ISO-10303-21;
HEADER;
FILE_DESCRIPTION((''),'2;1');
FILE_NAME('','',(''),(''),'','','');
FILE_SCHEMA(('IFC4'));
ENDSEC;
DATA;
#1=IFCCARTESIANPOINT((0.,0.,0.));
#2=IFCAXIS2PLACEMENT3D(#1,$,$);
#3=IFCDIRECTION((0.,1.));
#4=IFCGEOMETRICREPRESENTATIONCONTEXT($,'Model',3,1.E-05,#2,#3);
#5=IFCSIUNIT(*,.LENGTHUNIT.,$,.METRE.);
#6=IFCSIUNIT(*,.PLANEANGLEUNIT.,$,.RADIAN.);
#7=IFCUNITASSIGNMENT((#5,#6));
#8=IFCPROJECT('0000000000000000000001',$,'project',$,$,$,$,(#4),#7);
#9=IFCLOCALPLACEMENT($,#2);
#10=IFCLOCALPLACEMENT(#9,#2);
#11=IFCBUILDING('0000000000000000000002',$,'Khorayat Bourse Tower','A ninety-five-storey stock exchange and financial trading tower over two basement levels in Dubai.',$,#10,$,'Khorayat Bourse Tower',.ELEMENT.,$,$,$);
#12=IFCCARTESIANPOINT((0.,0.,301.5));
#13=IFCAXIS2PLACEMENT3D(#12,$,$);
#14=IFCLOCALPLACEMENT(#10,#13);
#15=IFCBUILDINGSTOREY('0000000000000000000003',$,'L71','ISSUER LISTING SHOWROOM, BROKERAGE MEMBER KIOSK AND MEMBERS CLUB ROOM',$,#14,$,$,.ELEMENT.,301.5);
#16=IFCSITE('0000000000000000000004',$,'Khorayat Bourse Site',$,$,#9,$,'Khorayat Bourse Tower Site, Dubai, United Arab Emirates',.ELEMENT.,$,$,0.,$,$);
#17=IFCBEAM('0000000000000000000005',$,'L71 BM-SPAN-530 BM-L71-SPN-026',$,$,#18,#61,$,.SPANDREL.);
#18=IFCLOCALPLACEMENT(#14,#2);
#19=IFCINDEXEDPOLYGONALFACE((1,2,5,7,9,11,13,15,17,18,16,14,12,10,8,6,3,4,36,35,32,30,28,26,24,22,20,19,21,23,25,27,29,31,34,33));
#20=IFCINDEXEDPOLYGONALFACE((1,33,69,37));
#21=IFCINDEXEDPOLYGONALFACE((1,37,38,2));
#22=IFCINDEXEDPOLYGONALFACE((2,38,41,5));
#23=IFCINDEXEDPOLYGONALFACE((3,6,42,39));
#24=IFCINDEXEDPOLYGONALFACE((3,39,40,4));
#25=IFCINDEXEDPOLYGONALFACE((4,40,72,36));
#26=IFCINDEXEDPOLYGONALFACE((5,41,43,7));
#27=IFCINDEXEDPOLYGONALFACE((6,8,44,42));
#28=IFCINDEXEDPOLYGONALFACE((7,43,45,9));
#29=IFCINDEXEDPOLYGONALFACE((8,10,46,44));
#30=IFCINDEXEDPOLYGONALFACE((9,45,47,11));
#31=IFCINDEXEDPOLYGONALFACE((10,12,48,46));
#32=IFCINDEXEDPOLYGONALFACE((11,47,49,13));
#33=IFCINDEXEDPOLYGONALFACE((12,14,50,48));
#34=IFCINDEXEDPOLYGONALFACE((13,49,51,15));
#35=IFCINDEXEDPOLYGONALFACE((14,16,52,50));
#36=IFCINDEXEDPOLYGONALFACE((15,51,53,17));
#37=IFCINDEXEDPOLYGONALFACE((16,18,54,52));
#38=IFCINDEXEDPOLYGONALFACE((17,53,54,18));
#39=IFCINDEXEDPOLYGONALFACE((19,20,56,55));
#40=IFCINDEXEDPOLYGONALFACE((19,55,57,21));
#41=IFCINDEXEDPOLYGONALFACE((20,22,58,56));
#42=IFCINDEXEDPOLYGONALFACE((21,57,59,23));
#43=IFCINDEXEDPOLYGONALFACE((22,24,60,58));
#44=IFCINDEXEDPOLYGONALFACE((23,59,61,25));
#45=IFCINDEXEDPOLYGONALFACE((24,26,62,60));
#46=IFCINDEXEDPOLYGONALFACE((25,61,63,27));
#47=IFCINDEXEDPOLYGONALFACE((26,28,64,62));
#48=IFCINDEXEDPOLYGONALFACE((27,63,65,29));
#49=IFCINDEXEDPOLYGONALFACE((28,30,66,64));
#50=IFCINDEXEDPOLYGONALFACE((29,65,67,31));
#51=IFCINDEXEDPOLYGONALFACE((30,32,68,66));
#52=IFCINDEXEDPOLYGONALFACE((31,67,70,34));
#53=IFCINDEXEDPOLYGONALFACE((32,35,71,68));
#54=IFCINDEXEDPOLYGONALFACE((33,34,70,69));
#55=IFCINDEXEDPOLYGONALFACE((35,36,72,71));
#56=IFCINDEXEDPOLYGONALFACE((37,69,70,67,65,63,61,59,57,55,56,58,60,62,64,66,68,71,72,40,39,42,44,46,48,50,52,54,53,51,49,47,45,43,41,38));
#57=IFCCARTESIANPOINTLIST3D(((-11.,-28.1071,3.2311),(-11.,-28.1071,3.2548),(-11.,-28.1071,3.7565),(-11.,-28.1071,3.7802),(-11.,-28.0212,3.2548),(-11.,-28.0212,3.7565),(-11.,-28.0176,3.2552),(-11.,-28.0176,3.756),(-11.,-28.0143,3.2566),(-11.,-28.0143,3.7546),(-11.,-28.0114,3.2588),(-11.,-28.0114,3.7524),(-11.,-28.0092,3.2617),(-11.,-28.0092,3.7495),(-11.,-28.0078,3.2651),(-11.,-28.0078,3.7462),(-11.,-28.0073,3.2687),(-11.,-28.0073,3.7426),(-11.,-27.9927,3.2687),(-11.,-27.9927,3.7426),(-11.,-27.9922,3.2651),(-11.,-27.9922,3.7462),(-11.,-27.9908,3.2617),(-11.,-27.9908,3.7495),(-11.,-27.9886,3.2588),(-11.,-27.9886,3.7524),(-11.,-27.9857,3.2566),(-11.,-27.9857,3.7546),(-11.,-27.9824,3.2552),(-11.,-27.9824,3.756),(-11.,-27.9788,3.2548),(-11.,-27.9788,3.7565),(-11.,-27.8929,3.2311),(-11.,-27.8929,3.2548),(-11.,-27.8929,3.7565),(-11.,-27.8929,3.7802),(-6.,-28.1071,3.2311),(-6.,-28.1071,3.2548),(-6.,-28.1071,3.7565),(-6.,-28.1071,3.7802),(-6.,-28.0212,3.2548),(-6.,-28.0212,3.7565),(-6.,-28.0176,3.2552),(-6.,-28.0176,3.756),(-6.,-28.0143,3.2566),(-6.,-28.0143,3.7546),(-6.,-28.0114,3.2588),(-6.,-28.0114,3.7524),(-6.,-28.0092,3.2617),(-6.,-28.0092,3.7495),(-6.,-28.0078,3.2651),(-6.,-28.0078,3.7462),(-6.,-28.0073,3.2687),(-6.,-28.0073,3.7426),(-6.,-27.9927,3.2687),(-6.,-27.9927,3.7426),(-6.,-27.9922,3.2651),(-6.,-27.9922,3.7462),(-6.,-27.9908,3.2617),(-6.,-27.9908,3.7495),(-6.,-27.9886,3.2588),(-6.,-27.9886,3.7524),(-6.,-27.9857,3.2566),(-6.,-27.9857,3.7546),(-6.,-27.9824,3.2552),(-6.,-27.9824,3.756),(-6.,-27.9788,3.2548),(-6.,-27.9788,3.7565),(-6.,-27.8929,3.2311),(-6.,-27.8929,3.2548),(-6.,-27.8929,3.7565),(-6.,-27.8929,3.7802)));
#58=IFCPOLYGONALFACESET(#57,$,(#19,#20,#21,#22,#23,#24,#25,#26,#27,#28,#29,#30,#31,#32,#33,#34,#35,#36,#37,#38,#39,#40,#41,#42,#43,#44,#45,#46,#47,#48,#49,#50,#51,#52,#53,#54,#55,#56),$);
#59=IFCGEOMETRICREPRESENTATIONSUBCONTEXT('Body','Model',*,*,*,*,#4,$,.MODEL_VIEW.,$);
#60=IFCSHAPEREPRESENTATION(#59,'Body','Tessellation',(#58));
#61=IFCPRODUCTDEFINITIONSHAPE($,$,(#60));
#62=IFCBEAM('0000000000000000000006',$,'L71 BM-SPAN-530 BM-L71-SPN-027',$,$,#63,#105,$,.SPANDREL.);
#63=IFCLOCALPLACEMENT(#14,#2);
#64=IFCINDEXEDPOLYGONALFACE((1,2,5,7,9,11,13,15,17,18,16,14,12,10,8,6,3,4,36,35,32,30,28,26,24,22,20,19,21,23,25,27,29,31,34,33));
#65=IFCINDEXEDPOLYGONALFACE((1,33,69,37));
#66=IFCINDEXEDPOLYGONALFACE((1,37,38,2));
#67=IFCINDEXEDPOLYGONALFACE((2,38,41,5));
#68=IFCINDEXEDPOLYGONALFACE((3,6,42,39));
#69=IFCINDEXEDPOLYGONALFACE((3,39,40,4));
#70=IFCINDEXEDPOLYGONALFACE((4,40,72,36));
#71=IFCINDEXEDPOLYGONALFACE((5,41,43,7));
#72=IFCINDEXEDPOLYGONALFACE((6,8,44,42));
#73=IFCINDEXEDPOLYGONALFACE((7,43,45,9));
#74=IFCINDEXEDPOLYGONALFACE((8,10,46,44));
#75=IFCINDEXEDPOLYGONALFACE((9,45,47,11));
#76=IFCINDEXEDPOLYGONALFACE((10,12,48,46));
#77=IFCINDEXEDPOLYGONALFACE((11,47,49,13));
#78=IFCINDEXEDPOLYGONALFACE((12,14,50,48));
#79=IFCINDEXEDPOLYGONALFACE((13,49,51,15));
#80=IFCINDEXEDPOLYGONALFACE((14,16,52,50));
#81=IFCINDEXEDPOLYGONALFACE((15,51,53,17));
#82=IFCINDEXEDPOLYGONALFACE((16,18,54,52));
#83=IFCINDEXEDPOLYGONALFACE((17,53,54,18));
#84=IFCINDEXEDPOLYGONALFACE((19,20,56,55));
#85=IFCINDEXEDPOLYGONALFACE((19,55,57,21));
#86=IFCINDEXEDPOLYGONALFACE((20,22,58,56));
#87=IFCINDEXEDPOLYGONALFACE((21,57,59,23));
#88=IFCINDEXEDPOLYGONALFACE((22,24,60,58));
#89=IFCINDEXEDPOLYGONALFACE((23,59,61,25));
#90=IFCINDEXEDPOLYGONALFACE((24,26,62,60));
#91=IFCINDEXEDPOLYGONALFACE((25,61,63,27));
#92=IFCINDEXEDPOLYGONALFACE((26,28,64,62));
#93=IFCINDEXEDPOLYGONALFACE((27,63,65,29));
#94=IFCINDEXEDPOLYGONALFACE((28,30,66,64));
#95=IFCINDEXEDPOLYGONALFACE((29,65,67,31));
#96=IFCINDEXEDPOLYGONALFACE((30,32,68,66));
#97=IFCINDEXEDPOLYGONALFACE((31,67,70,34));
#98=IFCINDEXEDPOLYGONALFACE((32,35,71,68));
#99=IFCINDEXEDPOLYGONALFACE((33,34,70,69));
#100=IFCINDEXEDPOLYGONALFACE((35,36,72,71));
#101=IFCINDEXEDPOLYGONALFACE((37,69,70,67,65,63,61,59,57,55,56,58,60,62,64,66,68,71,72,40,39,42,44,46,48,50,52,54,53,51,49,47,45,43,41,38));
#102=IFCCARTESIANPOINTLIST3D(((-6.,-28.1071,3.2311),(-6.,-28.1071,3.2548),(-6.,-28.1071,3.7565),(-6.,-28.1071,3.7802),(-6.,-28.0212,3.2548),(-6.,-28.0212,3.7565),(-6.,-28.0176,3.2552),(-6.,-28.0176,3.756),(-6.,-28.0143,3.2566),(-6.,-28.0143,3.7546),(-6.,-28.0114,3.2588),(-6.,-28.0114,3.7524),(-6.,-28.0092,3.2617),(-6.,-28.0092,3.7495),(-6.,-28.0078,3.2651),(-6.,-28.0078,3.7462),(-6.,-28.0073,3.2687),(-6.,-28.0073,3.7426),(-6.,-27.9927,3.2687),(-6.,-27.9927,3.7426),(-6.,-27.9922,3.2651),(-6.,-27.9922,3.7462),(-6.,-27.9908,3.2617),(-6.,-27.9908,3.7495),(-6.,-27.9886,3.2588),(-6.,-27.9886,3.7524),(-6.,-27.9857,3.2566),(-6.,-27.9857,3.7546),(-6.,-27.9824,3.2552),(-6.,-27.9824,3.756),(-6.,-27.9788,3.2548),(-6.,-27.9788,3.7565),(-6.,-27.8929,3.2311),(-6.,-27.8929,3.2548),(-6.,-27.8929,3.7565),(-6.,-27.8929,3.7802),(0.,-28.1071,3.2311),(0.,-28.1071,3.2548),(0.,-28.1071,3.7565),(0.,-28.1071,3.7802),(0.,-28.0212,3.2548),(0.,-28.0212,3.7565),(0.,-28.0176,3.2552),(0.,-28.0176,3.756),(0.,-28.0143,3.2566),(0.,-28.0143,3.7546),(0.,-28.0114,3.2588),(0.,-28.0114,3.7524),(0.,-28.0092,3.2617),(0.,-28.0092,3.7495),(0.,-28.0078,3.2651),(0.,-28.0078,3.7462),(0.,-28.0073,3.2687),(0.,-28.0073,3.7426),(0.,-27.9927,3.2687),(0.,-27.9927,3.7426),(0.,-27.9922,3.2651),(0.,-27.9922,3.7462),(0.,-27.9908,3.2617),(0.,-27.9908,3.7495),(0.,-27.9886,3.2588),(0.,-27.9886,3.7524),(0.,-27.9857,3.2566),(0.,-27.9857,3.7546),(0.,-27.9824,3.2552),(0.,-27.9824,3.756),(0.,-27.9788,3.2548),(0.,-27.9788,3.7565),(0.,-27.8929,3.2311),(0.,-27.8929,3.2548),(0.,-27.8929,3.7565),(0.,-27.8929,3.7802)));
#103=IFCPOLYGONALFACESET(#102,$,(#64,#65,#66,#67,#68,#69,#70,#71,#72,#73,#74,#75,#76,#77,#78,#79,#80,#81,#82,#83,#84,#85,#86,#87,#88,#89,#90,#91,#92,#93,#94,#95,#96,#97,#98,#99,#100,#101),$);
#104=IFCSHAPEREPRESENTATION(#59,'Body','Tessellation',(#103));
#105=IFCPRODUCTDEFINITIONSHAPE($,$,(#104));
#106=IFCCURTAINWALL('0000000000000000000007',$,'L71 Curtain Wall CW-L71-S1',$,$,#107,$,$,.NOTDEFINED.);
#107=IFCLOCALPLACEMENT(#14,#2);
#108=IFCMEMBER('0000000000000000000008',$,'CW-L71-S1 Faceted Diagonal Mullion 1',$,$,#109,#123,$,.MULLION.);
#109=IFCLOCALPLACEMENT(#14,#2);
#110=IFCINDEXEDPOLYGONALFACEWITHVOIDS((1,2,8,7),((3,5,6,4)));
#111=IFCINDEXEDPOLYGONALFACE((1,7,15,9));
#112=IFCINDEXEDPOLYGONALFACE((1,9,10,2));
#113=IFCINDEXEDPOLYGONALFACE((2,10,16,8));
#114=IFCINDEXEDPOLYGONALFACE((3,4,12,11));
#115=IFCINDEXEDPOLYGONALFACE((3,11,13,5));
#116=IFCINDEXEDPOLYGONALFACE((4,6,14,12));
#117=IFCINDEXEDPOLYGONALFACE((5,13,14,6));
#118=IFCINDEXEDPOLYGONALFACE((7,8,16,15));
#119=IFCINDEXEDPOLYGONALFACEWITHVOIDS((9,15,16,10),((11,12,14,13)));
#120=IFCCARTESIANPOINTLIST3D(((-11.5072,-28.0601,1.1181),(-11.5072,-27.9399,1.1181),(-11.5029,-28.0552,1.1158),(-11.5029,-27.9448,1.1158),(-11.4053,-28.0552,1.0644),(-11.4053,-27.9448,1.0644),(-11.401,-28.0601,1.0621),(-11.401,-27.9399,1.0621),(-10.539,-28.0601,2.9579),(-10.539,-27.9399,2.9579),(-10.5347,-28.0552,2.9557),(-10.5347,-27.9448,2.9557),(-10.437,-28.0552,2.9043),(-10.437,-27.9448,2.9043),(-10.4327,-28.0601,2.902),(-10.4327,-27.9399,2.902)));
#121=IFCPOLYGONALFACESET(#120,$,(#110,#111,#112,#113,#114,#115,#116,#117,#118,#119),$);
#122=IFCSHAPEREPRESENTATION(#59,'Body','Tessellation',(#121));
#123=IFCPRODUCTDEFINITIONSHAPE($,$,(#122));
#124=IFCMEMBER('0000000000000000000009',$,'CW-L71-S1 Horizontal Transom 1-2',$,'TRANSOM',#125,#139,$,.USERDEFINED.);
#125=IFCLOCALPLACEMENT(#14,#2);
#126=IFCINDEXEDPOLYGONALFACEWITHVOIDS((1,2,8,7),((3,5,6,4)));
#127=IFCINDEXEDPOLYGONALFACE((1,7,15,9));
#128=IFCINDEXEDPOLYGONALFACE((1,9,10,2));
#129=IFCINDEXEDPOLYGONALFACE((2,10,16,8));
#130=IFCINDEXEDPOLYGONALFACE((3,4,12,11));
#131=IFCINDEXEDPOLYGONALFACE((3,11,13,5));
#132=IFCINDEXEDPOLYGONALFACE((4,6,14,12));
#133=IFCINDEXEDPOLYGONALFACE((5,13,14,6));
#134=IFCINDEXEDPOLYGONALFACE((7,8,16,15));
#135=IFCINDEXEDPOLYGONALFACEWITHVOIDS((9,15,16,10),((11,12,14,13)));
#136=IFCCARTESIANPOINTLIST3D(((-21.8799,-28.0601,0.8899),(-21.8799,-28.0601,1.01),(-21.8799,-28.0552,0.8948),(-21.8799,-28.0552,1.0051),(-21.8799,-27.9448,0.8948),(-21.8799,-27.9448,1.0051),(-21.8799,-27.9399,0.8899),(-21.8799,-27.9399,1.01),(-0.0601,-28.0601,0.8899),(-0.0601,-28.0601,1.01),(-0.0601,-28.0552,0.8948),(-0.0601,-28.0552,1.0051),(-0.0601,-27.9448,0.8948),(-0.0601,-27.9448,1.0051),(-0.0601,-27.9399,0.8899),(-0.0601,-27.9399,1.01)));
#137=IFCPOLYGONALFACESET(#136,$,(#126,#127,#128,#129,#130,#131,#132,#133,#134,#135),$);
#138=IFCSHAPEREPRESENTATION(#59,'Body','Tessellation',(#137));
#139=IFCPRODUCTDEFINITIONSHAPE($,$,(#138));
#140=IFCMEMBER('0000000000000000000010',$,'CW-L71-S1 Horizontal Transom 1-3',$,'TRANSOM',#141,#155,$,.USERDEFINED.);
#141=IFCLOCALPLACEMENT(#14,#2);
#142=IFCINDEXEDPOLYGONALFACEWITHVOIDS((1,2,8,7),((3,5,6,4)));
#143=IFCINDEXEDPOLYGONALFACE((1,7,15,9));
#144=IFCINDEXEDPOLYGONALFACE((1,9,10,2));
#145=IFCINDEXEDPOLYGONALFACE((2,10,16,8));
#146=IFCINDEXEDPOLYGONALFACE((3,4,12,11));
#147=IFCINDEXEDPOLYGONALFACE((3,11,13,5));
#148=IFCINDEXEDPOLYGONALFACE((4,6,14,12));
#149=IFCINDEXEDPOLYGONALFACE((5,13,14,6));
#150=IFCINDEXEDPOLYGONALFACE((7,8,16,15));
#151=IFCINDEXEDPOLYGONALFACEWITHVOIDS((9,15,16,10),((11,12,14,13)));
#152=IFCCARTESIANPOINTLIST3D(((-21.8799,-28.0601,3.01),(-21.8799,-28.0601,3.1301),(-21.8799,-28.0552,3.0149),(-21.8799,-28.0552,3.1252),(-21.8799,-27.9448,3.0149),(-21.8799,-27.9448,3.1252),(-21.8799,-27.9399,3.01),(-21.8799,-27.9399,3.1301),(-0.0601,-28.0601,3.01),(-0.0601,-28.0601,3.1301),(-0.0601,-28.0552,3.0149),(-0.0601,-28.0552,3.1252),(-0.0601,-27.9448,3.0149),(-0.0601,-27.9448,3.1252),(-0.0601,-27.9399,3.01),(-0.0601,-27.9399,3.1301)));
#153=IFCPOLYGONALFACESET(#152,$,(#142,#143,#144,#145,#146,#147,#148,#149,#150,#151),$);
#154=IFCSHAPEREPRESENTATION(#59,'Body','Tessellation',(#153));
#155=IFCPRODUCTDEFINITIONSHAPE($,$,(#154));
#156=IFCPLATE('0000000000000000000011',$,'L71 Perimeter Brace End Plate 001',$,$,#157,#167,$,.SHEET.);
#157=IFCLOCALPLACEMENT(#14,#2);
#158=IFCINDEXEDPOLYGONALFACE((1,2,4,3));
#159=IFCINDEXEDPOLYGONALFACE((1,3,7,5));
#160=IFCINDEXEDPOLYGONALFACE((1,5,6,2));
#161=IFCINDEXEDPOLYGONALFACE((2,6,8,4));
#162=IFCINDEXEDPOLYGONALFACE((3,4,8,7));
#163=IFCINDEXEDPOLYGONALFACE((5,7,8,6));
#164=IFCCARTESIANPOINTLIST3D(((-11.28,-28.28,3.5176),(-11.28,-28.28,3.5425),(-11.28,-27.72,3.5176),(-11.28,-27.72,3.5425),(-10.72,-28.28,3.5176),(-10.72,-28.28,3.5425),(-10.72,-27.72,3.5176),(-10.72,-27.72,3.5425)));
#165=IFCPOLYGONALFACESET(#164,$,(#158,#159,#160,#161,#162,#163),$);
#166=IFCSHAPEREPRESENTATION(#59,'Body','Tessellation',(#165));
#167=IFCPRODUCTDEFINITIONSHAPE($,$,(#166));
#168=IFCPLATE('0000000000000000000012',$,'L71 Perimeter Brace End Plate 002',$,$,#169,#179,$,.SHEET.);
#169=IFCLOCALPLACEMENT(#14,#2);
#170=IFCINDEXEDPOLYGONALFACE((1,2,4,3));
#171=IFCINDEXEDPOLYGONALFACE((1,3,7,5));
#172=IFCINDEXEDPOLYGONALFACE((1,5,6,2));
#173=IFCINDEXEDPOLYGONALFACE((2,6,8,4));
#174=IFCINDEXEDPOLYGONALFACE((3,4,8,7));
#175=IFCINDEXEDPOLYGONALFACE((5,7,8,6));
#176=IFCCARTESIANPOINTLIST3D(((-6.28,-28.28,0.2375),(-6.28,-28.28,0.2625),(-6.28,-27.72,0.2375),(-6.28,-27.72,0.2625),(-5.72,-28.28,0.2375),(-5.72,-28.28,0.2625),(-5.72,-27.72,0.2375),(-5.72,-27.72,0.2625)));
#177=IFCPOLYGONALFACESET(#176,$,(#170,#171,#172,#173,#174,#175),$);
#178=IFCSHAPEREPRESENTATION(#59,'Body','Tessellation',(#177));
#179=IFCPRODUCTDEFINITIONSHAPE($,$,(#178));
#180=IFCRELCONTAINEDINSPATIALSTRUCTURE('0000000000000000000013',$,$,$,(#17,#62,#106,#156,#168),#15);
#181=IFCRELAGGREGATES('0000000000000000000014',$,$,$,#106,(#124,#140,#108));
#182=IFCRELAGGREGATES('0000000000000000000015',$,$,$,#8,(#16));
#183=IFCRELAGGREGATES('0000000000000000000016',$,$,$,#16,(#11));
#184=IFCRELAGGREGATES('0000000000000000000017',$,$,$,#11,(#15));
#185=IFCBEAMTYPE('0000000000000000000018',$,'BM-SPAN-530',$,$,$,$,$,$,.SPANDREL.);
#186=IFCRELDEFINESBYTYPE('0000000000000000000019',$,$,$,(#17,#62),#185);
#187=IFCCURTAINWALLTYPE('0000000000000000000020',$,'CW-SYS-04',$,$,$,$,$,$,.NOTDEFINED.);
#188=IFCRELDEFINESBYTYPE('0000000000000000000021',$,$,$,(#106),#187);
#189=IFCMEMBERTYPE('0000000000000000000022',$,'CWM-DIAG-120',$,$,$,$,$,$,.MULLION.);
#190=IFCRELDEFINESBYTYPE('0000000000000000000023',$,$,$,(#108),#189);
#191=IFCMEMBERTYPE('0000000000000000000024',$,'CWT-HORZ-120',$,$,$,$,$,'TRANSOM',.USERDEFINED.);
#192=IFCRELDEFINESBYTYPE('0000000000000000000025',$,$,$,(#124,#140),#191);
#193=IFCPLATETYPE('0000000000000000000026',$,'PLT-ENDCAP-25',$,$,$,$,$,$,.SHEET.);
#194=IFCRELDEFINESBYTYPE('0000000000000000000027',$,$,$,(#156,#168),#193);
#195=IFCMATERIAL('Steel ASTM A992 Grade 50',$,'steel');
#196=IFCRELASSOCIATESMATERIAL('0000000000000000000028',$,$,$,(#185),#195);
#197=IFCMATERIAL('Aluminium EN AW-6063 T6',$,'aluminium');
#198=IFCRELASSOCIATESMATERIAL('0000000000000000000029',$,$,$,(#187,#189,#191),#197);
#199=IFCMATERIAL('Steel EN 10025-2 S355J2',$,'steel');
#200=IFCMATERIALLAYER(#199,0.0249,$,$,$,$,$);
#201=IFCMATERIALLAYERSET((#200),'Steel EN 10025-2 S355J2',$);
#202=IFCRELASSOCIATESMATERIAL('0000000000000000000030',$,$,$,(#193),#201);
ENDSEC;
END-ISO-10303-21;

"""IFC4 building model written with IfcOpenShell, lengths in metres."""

from ifc_helpers import new_model, si_unit, direction, frame, origin, origin_2d, place, context, subcontext, project, spatial, rectangle, hollow_rectangle, i_section, extrude, source, transform, mapped, material, layer, layer_set, material_profile, profile_set, type_object, element, aggregate, save


model = new_model("IFC4")

# Units and contexts
model_context = context("Model", 3, precision=1e-05, world=origin(), true_north=direction((0.0, 1.0)))
body_context = subcontext(model_context, "Body", "Model", "MODEL_VIEW")
ifc_project = project(units=[si_unit("LENGTHUNIT", "METRE"), si_unit("PLANEANGLEUNIT", "RADIAN")], contexts=[model_context])

# Site, building, storey
site_placement = place(None, origin())
site = spatial("IfcSite", under=ifc_project, at=site_placement, Name="Khorayat Bourse Site", LongName="Khorayat Bourse Tower Site, Dubai, United Arab Emirates", CompositionType="ELEMENT", RefElevation=0.0)
building_placement = place(site_placement, origin())
building = spatial("IfcBuilding", under=site, at=building_placement, Name="Khorayat Bourse Tower", Description="A ninety-five-storey stock exchange and financial trading tower over two basement levels in Dubai.", LongName="Khorayat Bourse Tower", CompositionType="ELEMENT")
storey_placement = place(building_placement, frame((0.0, 0.0, 301.5)))
storey = spatial("IfcBuildingStorey", under=building, at=storey_placement, Name="L71", Description="ISSUER LISTING SHOWROOM, BROKERAGE MEMBER KIOSK AND MEMBERS CLUB ROOM", CompositionType="ELEMENT", Elevation=301.5)

# Shared definitions
ifc_material_1 = material(Name="Steel ASTM A992 Grade 50", Category="steel")

# Beams
ifc_material_profile_1 = material_profile(ifc_material_1, i_section(OverallWidth=0.2141, OverallDepth=0.5491, WebThickness=0.0146, FlangeThickness=0.0237, FilletRadius=0.0139, at=origin_2d()), Name="W530X138")
ifc_profile_set_1 = profile_set([ifc_material_profile_1], Name="Steel ASTM A992 Grade 50")
beam_type_1 = type_object("IfcBeamType", Name="BM-SPAN-530", PredefinedType="SPANDREL", material=ifc_profile_set_1)
shared_shape_1 = source(origin(), body_context, "Body", "SweptSolid", [
    extrude(i_section(OverallWidth=0.2141, OverallDepth=0.5491, WebThickness=0.0146, FlangeThickness=0.0237, FilletRadius=0.0139, at=origin_2d()), origin(), (0.0, 0.0, 1.0), 5.0),
])
beam_1_placement = place(storey_placement, frame((-11.0, -28.0, 3.5056), z_axis=(1.0, 0.0, 0.0), x_axis=(0.0, 1.0, 0.0)))
element("IfcBeam", 1, at=beam_1_placement, inside=storey, type_object=beam_type_1, Name="L71 BM-SPAN-530 BM-L71-SPN-026", PredefinedType="SPANDREL", context=body_context, shape_type="MappedRepresentation", body=[
    mapped(shared_shape_1, transform((0.0, 0.0, 0.0), scale=1.0)),
])
shared_shape_2 = source(origin(), body_context, "Body", "SweptSolid", [
    extrude(i_section(OverallWidth=0.2141, OverallDepth=0.5491, WebThickness=0.0146, FlangeThickness=0.0237, FilletRadius=0.0139, at=origin_2d()), origin(), (0.0, 0.0, 1.0), 6.0),
])
beam_2_placement = place(storey_placement, frame((-6.0, -28.0, 3.5056), z_axis=(1.0, 0.0, 0.0), x_axis=(0.0, 1.0, 0.0)))
element("IfcBeam", 2, at=beam_2_placement, inside=storey, type_object=beam_type_1, Name="L71 BM-SPAN-530 BM-L71-SPN-027", PredefinedType="SPANDREL", context=body_context, shape_type="MappedRepresentation", body=[
    mapped(shared_shape_2, transform((0.0, 0.0, 0.0), scale=1.0)),
])

# Curtain wall, members
ifc_material_2 = material(Name="Aluminium EN AW-6063 T6", Category="aluminium")
curtain_wall_type = type_object("IfcCurtainWallType", Name="CW-SYS-04", PredefinedType="NOTDEFINED", material=ifc_material_2)
curtain_wall_placement = place(storey_placement, origin())
curtain_wall = element("IfcCurtainWall", 3, at=curtain_wall_placement, inside=storey, type_object=curtain_wall_type, Name="L71 Curtain Wall CW-L71-S1", PredefinedType="NOTDEFINED")
ifc_material_profile_2 = material_profile(ifc_material_2, hollow_rectangle(XDim=0.1201, YDim=0.1201, WallThickness=0.0049, at=origin_2d()), Name="ALU 120x120x5")
ifc_profile_set_2 = profile_set([ifc_material_profile_2], Name="Aluminium EN AW-6063 T6")
member_type_1 = type_object("IfcMemberType", Name="CWM-DIAG-120", PredefinedType="MULLION", material=ifc_profile_set_2)
shared_shape_3 = source(origin(), body_context, "Body", "SweptSolid", [
    extrude(hollow_rectangle(XDim=0.1201, YDim=0.1201, WallThickness=0.0049, at=origin_2d()), origin(), (0.0, 0.0, 1.0), 2.0791),
])
member_1_placement = place(storey_placement, frame((-11.4541, -28.0, 1.0901), z_axis=(0.465717, 0.0, 0.884934), x_axis=(0.0, 1.0, 0.0)))
member_1 = element("IfcMember", 4, at=member_1_placement, type_object=member_type_1, Name="CW-L71-S1 Faceted Diagonal Mullion 1", PredefinedType="MULLION", context=body_context, shape_type="MappedRepresentation", body=[
    mapped(shared_shape_3, transform((0.0, 0.0, 0.0), scale=1.0)),
])
ifc_material_profile_3 = material_profile(ifc_material_2, hollow_rectangle(XDim=0.1201, YDim=0.1201, WallThickness=0.0049, at=origin_2d()), Name="ALU 120x120x5")
ifc_profile_set_3 = profile_set([ifc_material_profile_3], Name="Aluminium EN AW-6063 T6")
member_type_2 = type_object("IfcMemberType", Name="CWT-HORZ-120", ElementType="TRANSOM", PredefinedType="USERDEFINED", material=ifc_profile_set_3)
shared_shape_4 = source(origin(), body_context, "Body", "SweptSolid", [
    extrude(hollow_rectangle(XDim=0.1201, YDim=0.1201, WallThickness=0.0049, at=origin_2d()), origin(), (0.0, 0.0, 1.0), 21.8198),
])
member_2_placement = place(storey_placement, frame((-21.8799, -28.0, 0.95), z_axis=(1.0, 0.0, 0.0), x_axis=(0.0, 1.0, 0.0)))
member_2 = element("IfcMember", 5, at=member_2_placement, type_object=member_type_2, Name="CW-L71-S1 Horizontal Transom 1-2", ObjectType="TRANSOM", PredefinedType="USERDEFINED", context=body_context, shape_type="MappedRepresentation", body=[
    mapped(shared_shape_4, transform((0.0, 0.0, 0.0), scale=1.0)),
])
member_3_placement = place(storey_placement, frame((-21.8799, -28.0, 3.0701), z_axis=(1.0, 0.0, 0.0), x_axis=(0.0, 1.0, 0.0)))
member_3 = element("IfcMember", 6, at=member_3_placement, type_object=member_type_2, Name="CW-L71-S1 Horizontal Transom 1-3", ObjectType="TRANSOM", PredefinedType="USERDEFINED", context=body_context, shape_type="MappedRepresentation", body=[
    mapped(shared_shape_4, transform((0.0, 0.0, 0.0), scale=1.0)),
])

# Plates
ifc_material_3 = material(Name="Steel EN 10025-2 S355J2", Category="steel")
ifc_layer_1 = layer(ifc_material_3, 0.0249)
ifc_layer_set_1 = layer_set([ifc_layer_1], Name="Steel EN 10025-2 S355J2")
plate_type_1 = type_object("IfcPlateType", Name="PLT-ENDCAP-25", PredefinedType="SHEET", material=ifc_layer_set_1)
shared_shape_5 = source(origin(), body_context, "Body", "SweptSolid", [
    extrude(rectangle(XDim=0.5601, YDim=0.5601, at=origin_2d()), origin(), (0.0, 0.0, 1.0), 0.0249),
])
for number, where, z_axis, x_axis, name in (
    (7, (-11.0, -28.0, 3.5176), (0.0, 0.0, 1.0), (1.0, 0.0, 0.0), "L71 Perimeter Brace End Plate 001"),
    (8, (-6.0, -28.0, 0.2375), (0.0, 0.0, 1.0), (1.0, 0.0, 0.0), "L71 Perimeter Brace End Plate 002"),
):
    element("IfcPlate", number, at=place(storey_placement, frame(where, z_axis=z_axis, x_axis=x_axis)), inside=storey, type_object=plate_type_1, Name=name, PredefinedType="SHEET", context=body_context, shape_type="MappedRepresentation", body=[
        mapped(shared_shape_5, transform((0.0, 0.0, 0.0), scale=1.0)),
    ])

aggregate(curtain_wall, [member_2, member_3, member_1])

save(model, "model.ifc")
